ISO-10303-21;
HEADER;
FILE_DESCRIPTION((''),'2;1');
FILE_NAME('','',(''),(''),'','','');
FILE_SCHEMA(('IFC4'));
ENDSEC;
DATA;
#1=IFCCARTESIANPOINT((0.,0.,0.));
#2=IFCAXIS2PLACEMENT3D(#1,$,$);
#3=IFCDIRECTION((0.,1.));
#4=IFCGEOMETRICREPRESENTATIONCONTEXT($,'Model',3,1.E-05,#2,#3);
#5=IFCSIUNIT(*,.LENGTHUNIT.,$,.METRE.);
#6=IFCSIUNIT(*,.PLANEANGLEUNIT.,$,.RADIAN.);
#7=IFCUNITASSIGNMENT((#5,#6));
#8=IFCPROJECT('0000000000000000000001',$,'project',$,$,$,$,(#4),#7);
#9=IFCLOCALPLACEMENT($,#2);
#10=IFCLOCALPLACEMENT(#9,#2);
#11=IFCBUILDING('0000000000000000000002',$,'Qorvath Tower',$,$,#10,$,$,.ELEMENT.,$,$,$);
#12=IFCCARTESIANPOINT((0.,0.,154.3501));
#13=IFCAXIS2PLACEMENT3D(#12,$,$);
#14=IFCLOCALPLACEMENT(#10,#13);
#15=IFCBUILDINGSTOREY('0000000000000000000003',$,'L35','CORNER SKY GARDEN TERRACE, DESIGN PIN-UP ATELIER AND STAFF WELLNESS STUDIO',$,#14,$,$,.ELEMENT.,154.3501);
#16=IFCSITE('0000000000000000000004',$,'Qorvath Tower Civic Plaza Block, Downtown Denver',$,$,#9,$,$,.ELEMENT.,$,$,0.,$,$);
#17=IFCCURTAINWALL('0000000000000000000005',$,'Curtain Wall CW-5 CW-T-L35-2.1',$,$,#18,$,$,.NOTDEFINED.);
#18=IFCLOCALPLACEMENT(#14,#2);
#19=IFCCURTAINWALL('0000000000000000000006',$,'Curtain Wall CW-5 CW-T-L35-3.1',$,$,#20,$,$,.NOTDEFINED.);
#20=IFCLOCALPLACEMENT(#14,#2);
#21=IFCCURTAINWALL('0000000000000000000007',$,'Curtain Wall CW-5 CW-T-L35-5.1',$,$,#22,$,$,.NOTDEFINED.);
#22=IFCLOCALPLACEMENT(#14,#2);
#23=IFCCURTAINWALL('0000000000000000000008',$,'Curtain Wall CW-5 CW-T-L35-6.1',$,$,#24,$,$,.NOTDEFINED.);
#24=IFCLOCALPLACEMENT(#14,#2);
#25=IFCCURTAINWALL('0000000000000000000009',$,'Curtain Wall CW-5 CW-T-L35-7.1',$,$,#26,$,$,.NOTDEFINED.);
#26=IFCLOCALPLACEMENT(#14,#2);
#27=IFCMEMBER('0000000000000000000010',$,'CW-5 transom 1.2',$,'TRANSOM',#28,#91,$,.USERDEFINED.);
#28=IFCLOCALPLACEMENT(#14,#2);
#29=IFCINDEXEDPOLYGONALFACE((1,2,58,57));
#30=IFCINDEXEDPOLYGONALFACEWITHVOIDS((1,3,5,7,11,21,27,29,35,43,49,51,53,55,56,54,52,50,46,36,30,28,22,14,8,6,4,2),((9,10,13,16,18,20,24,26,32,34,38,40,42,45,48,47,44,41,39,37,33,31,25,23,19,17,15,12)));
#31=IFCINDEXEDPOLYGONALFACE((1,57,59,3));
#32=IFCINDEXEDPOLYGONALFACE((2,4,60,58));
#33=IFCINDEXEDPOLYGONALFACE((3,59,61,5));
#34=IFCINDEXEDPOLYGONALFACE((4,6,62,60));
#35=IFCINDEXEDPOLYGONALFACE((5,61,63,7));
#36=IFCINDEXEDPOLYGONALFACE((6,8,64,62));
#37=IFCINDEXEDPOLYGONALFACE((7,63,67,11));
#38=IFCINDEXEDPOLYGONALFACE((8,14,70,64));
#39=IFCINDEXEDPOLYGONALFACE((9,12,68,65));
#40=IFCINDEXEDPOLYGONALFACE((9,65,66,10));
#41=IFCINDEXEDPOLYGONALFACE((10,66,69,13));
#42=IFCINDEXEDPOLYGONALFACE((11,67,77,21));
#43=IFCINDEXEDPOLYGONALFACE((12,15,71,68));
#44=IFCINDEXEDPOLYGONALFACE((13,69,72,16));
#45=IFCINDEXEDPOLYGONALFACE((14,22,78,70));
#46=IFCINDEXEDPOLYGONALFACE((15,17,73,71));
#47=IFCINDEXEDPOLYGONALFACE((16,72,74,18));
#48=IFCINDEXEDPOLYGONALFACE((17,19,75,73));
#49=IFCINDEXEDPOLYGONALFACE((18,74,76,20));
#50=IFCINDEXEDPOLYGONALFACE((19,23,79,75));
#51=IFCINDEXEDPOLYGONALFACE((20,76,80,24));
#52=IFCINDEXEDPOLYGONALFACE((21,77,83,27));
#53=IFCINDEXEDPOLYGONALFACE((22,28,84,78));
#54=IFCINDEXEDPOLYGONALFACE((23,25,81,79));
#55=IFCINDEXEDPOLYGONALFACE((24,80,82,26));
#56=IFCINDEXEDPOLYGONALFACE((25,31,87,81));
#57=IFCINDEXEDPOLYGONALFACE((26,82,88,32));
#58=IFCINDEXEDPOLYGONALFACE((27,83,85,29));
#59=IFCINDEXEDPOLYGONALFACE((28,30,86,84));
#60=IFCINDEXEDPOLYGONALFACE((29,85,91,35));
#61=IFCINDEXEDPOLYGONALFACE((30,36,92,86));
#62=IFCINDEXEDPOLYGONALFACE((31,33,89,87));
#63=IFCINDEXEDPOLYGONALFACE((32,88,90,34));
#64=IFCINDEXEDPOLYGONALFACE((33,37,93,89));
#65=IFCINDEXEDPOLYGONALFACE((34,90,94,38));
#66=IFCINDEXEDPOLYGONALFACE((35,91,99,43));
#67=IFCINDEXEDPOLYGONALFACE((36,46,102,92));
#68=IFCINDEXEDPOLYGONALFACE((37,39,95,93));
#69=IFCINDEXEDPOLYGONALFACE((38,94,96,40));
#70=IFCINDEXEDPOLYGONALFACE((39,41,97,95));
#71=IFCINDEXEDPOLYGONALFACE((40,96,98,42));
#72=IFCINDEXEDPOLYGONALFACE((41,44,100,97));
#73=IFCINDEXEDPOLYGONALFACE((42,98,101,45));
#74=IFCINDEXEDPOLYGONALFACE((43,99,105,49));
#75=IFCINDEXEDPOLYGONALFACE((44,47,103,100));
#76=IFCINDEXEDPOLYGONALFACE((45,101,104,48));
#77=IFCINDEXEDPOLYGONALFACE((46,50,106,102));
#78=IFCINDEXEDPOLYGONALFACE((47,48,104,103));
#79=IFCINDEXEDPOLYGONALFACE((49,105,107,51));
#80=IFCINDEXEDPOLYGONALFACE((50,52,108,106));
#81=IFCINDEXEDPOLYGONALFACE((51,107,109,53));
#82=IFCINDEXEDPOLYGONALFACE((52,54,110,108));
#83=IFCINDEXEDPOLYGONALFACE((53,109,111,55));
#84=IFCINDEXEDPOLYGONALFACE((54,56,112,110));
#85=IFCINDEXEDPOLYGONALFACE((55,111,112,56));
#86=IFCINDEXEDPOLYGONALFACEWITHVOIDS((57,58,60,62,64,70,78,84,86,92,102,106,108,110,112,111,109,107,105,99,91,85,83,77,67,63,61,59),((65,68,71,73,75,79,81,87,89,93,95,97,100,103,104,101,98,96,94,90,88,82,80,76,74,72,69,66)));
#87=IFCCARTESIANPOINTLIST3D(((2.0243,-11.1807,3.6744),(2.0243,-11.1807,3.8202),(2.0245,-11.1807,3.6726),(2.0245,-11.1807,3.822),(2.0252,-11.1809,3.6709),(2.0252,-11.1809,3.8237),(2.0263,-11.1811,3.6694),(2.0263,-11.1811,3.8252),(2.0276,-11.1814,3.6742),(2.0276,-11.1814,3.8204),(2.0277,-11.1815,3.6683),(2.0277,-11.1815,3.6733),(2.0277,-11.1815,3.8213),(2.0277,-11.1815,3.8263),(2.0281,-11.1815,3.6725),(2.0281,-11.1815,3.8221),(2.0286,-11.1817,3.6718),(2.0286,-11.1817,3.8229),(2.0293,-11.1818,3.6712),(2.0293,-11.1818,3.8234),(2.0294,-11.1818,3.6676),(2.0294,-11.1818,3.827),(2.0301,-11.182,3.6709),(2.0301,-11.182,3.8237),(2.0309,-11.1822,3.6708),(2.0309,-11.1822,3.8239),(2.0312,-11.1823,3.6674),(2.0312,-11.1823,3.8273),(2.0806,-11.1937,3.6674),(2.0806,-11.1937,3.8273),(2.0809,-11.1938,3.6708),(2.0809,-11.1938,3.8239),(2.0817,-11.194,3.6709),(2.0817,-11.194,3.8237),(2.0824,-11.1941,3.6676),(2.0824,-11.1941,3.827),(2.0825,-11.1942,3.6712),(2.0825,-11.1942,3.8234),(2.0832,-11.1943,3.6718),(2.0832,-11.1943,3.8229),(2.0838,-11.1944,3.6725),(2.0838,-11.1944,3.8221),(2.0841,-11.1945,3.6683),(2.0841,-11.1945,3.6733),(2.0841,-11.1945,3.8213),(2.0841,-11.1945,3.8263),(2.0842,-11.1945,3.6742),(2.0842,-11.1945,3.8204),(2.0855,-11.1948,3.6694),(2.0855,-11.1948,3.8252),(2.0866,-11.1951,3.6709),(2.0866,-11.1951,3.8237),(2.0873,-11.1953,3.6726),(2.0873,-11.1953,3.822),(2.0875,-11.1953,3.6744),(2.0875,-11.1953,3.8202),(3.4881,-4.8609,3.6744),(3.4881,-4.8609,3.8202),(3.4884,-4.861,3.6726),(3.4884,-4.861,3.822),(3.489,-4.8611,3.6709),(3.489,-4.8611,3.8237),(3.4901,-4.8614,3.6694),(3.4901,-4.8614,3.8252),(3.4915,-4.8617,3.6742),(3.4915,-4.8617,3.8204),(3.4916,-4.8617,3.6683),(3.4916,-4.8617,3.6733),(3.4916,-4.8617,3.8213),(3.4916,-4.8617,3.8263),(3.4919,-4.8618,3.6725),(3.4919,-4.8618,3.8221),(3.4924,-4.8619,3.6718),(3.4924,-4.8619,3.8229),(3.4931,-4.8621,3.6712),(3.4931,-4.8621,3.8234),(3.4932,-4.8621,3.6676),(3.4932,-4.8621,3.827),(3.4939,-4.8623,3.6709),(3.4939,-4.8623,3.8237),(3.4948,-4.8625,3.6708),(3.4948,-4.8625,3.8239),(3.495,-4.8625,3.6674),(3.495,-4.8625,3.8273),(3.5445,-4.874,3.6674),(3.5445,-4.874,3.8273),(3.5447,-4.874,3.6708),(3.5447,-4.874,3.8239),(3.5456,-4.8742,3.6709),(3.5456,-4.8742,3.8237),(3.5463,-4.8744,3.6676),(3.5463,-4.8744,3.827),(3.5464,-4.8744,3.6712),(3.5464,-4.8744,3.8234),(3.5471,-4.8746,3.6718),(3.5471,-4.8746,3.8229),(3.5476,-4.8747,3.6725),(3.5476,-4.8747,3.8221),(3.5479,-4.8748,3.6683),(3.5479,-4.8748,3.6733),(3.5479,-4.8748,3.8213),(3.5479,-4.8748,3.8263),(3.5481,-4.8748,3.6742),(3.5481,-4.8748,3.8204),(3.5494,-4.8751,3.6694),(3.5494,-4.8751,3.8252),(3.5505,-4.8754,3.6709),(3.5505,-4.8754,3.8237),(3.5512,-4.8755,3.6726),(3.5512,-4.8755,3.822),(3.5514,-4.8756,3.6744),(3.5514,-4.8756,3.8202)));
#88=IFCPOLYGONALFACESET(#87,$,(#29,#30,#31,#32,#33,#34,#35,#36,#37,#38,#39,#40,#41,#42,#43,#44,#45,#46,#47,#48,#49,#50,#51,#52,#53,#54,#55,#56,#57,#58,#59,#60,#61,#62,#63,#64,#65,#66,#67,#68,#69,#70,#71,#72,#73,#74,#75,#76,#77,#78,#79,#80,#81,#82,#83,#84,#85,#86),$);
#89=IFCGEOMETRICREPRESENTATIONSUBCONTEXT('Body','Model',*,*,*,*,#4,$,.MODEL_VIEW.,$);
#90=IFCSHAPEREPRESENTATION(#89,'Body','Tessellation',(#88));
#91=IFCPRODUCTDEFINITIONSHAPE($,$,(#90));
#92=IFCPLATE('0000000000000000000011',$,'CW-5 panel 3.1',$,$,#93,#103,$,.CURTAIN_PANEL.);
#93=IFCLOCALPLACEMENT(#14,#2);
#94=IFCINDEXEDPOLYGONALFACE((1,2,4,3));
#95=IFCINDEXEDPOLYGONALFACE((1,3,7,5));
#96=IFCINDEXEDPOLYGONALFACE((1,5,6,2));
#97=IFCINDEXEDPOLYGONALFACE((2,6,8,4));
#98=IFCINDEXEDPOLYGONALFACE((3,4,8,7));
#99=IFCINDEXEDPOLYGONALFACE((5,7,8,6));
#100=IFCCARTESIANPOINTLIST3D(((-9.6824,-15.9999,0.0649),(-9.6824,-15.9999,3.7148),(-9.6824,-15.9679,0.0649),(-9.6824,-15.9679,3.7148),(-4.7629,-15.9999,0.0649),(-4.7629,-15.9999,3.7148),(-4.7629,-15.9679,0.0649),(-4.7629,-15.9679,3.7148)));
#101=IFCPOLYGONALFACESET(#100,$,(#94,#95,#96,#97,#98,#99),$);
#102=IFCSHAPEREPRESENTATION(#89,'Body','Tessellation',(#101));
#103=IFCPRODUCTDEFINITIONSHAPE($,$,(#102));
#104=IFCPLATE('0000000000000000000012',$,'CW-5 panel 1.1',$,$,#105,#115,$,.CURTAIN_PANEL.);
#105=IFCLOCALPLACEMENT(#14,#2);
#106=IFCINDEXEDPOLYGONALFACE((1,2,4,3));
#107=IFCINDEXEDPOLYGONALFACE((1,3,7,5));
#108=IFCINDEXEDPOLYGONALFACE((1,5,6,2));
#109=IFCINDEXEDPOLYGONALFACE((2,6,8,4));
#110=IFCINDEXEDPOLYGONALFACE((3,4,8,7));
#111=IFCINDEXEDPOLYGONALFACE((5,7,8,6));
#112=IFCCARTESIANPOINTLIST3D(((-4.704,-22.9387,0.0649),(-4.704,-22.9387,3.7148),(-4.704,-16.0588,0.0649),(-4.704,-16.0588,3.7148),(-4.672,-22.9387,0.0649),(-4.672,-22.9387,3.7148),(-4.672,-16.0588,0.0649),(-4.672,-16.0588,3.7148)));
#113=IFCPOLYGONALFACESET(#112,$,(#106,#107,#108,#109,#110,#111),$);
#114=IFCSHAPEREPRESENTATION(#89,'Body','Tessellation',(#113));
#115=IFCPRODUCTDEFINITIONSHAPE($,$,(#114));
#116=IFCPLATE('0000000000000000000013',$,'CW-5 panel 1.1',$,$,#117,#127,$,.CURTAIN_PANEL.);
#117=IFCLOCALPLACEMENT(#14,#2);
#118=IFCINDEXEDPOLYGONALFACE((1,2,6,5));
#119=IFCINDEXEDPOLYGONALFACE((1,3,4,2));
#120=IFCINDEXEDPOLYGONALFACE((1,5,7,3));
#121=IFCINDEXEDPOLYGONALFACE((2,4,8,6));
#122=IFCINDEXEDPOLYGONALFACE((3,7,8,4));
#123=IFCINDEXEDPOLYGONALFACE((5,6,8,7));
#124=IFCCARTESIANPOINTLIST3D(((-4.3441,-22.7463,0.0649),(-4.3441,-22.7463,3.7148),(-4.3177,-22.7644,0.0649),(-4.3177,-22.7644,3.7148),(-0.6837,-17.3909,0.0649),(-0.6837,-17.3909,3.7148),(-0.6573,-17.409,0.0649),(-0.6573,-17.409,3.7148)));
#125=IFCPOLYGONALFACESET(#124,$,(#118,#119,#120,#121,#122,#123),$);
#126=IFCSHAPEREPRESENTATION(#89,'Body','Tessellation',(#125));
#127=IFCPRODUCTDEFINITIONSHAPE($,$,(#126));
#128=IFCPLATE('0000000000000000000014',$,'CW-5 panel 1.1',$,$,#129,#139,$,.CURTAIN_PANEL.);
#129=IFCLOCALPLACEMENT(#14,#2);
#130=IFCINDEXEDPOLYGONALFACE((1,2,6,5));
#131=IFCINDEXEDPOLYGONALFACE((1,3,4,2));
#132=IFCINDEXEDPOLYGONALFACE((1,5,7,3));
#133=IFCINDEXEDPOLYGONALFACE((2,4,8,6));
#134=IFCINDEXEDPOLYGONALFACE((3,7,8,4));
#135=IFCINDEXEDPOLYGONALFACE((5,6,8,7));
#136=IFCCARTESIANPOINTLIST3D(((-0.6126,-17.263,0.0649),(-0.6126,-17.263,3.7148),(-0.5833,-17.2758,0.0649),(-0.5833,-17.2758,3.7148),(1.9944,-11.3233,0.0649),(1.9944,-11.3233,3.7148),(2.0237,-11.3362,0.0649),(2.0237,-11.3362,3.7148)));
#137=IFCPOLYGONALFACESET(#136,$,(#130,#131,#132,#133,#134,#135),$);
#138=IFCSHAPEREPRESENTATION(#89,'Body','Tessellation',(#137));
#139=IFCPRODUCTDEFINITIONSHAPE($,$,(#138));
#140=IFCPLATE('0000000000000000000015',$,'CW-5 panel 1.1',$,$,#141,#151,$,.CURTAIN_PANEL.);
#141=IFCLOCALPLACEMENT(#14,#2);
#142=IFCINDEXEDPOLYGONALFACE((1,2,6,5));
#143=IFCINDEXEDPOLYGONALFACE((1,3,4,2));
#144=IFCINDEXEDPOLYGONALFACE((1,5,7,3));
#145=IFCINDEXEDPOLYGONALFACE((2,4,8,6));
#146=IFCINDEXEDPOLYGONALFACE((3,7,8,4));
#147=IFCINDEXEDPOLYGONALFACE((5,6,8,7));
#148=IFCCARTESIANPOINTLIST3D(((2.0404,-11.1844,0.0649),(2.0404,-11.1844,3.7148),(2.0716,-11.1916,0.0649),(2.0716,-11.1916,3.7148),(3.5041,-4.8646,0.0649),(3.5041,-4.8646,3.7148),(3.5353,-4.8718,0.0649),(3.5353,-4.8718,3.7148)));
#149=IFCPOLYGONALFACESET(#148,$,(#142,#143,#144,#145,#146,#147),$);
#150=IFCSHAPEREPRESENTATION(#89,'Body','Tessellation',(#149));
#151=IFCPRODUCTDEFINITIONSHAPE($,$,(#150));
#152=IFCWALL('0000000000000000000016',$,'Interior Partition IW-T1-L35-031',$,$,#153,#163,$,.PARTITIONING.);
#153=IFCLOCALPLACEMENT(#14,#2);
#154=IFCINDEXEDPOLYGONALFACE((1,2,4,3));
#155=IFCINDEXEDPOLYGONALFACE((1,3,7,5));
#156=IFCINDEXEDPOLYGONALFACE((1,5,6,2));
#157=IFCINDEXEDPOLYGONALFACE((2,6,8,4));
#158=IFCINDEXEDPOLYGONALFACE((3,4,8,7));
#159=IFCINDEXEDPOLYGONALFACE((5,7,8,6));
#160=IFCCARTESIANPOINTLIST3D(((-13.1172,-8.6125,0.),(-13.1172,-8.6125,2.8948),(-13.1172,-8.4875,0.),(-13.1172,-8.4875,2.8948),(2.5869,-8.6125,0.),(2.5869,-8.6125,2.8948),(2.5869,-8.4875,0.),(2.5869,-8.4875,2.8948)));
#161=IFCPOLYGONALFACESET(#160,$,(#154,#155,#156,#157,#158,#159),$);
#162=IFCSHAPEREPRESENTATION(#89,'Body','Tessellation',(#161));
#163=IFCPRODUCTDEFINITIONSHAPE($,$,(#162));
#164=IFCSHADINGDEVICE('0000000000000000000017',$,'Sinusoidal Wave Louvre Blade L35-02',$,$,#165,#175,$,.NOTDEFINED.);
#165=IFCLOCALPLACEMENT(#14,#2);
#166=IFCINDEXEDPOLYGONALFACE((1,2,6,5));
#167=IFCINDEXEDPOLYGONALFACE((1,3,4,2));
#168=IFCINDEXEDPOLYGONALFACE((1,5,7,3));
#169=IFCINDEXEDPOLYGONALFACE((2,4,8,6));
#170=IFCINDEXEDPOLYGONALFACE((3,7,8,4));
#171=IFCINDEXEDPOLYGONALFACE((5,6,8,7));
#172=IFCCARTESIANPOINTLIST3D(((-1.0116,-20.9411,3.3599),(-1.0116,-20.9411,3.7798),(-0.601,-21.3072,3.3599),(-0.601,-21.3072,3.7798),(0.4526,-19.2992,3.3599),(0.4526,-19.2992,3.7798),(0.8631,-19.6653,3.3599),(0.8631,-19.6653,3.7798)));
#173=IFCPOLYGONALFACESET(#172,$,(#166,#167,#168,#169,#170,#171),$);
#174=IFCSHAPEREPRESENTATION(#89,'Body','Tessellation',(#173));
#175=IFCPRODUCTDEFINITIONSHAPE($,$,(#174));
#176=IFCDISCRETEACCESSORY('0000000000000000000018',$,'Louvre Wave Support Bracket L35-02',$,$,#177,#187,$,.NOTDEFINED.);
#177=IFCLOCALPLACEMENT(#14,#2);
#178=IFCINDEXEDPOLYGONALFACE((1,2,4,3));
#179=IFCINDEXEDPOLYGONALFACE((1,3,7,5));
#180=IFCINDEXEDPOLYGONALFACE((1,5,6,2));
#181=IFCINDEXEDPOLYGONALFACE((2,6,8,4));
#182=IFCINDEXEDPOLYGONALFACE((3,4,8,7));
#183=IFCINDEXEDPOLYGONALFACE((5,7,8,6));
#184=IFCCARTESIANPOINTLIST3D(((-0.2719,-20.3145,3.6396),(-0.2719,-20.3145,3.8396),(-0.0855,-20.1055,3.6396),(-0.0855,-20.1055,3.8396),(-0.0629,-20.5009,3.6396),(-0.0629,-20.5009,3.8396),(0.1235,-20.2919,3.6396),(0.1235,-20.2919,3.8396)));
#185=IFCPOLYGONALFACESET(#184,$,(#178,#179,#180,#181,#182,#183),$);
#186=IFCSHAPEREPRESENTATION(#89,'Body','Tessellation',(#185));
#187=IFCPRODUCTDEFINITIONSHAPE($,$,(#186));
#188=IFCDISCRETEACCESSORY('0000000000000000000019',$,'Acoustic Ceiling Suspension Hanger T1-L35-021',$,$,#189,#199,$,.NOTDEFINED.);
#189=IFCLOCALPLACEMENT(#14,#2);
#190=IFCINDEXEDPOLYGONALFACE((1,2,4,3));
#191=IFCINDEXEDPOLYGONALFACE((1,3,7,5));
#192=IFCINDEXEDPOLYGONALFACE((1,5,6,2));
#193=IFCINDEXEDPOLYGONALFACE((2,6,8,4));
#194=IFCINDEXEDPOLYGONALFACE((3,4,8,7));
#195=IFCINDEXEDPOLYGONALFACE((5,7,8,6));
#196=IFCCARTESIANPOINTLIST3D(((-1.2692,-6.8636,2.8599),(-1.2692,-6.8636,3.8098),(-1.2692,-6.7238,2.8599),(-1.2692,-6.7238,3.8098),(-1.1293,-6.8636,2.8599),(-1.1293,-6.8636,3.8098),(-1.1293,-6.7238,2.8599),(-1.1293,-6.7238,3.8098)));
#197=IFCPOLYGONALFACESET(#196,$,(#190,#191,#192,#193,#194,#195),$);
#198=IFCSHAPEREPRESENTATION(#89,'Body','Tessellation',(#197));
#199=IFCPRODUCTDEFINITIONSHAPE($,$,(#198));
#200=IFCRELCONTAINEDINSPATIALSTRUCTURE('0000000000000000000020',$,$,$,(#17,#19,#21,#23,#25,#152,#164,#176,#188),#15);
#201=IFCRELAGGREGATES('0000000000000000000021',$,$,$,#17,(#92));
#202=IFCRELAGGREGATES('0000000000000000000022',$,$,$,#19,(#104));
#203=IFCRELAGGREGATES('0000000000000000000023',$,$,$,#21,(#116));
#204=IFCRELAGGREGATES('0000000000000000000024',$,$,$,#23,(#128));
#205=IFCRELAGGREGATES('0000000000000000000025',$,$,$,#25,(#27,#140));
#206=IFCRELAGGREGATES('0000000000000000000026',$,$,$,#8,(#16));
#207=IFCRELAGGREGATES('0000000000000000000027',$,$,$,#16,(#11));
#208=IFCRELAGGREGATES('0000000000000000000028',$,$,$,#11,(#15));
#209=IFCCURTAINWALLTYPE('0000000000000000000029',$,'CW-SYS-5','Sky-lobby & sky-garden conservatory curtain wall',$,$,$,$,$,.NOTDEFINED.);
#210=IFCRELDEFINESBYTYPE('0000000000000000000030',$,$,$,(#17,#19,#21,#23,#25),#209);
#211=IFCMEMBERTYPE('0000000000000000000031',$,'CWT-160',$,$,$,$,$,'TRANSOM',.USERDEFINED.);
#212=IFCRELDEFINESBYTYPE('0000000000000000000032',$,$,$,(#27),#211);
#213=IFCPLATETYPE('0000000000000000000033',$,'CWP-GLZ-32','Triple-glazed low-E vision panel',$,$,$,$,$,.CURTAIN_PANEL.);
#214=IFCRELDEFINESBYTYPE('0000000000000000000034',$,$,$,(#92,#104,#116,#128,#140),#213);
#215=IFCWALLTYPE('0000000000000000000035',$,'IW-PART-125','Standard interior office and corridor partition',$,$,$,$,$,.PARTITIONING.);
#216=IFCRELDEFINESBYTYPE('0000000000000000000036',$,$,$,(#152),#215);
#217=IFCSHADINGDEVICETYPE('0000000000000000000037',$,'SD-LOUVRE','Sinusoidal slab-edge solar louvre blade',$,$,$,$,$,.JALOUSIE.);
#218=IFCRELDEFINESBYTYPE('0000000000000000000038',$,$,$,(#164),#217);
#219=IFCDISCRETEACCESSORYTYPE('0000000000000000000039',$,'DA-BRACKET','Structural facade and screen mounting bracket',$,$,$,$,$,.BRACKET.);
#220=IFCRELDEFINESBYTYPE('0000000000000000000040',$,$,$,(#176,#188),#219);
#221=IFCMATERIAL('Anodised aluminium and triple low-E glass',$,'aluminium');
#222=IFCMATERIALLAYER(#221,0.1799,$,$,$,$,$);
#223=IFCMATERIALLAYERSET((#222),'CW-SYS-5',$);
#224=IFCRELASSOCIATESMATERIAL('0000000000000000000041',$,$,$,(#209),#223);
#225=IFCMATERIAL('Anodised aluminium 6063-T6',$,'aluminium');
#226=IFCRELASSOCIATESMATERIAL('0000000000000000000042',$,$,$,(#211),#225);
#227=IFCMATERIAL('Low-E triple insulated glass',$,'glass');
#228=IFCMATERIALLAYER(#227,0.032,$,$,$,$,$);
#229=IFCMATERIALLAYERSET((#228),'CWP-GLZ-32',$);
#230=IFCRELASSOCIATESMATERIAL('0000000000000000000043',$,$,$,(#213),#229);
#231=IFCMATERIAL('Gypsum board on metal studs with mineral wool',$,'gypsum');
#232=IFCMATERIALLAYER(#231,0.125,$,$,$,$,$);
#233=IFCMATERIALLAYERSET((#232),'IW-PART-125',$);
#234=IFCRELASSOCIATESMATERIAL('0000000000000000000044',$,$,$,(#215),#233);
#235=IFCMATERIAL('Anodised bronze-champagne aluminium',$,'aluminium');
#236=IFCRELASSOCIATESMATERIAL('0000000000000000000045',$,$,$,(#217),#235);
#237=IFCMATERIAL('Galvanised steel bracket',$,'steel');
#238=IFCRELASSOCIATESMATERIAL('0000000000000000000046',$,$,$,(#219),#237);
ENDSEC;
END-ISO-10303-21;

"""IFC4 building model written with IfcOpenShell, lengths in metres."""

from ifc_helpers import new_model, si_unit, direction, frame, frame_2d, origin, origin_2d, place, context, subcontext, project, spatial, rectangle, hollow_rectangle, extrude, material, layer, layer_set, material_profile, profile_set, type_object, element, aggregate, save


model = new_model("IFC4")

# Units and contexts
model_context = context("Model", 3, precision=1e-05, world=origin(), true_north=direction((0.0, 1.0)))
body_context = subcontext(model_context, "Body", "Model", "MODEL_VIEW")
ifc_project = project(units=[si_unit("LENGTHUNIT", "METRE"), si_unit("PLANEANGLEUNIT", "RADIAN")], contexts=[model_context])

# Site, building, storey
site_placement = place(None, origin())
site = spatial("IfcSite", under=ifc_project, at=site_placement, Name="Qorvath Tower Civic Plaza Block, Downtown Denver", CompositionType="ELEMENT", RefElevation=0.0)
building_placement = place(site_placement, origin())
building = spatial("IfcBuilding", under=site, at=building_placement, Name="Qorvath Tower", CompositionType="ELEMENT")
storey_placement = place(building_placement, frame((0.0, 0.0, 154.3501)))
storey = spatial("IfcBuildingStorey", under=building, at=storey_placement, Name="L35", Description="CORNER SKY GARDEN TERRACE, DESIGN PIN-UP ATELIER AND STAFF WELLNESS STUDIO", CompositionType="ELEMENT", Elevation=154.3501)

# Curtain walls
ifc_material_1 = material(Name="Anodised aluminium and triple low-E glass", Category="aluminium")
ifc_layer_1 = layer(ifc_material_1, 0.1799)
ifc_layer_set_1 = layer_set([ifc_layer_1], Name="CW-SYS-5")
curtain_wall_type = type_object("IfcCurtainWallType", Name="CW-SYS-5", Description="Sky-lobby & sky-garden conservatory curtain wall", PredefinedType="NOTDEFINED", material=ifc_layer_set_1)
curtain_wall_1_placement = place(storey_placement, origin())
curtain_wall_1 = element("IfcCurtainWall", 1, at=curtain_wall_1_placement, inside=storey, type_object=curtain_wall_type, Name="Curtain Wall CW-5 CW-T-L35-2.1", PredefinedType="NOTDEFINED")
curtain_wall_2_placement = place(storey_placement, origin())
curtain_wall_2 = element("IfcCurtainWall", 2, at=curtain_wall_2_placement, inside=storey, type_object=curtain_wall_type, Name="Curtain Wall CW-5 CW-T-L35-3.1", PredefinedType="NOTDEFINED")
curtain_wall_3_placement = place(storey_placement, origin())
curtain_wall_3 = element("IfcCurtainWall", 3, at=curtain_wall_3_placement, inside=storey, type_object=curtain_wall_type, Name="Curtain Wall CW-5 CW-T-L35-5.1", PredefinedType="NOTDEFINED")
curtain_wall_4_placement = place(storey_placement, origin())
curtain_wall_4 = element("IfcCurtainWall", 4, at=curtain_wall_4_placement, inside=storey, type_object=curtain_wall_type, Name="Curtain Wall CW-5 CW-T-L35-6.1", PredefinedType="NOTDEFINED")

# Curtain wall
curtain_wall_5_placement = place(storey_placement, origin())
curtain_wall_5 = element("IfcCurtainWall", 5, at=curtain_wall_5_placement, inside=storey, type_object=curtain_wall_type, Name="Curtain Wall CW-5 CW-T-L35-7.1", PredefinedType="NOTDEFINED")

# Member
ifc_material_2 = material(Name="Anodised aluminium 6063-T6", Category="aluminium")
ifc_material_profile_1 = material_profile(ifc_material_2, hollow_rectangle(XDim=0.0649, YDim=0.1599, WallThickness=0.0034, InnerFilletRadius=0.0034, OuterFilletRadius=0.0071, at=origin_2d()), Name="CWT 160x65")
ifc_profile_set_1 = profile_set([ifc_material_profile_1], Name="Anodised aluminium 6063-T6")
member_type_1 = type_object("IfcMemberType", Name="CWT-160", ElementType="TRANSOM", PredefinedType="USERDEFINED", material=ifc_profile_set_1)
member_1_placement = place(storey_placement, frame((2.0559, -11.188, 3.7473), z_axis=(0.225657, 0.974207, 0.0), x_axis=(-0.974207, 0.225657, 0.0)))
member_1 = element("IfcMember", 6, at=member_1_placement, type_object=member_type_1, Name="CW-5 transom 1.2", ObjectType="TRANSOM", PredefinedType="USERDEFINED", context=body_context, shape_type="SweptSolid", body=[
    extrude(hollow_rectangle(XDim=0.0649, YDim=0.1599, WallThickness=0.0034, InnerFilletRadius=0.0034, OuterFilletRadius=0.0071, at=origin_2d()), origin(), (0.0, 0.0, 1.0), 6.4871),
])

# Plates
ifc_material_3 = material(Name="Low-E triple insulated glass", Category="glass")
ifc_layer_2 = layer(ifc_material_3, 0.032)
ifc_layer_set_2 = layer_set([ifc_layer_2], Name="CWP-GLZ-32")
plate_type = type_object("IfcPlateType", Name="CWP-GLZ-32", Description="Triple-glazed low-E vision panel", PredefinedType="CURTAIN_PANEL", material=ifc_layer_set_2)
plate_1_placement = place(storey_placement, frame((-7.2227, -15.9839, 0.0649), z_axis=(0.0, 0.0, 1.0), x_axis=(1.0, 0.0, 0.0)))
plate_1 = element("IfcPlate", 7, at=plate_1_placement, type_object=plate_type, Name="CW-5 panel 3.1", PredefinedType="CURTAIN_PANEL", context=body_context, shape_type="SweptSolid", body=[
    extrude(rectangle(XDim=4.9194, YDim=0.032, at=origin_2d()), origin(), (0.0, 0.0, 1.0), 3.6499),
])
aggregate(curtain_wall_1, [plate_1])
plate_2_placement = place(storey_placement, frame((-4.688, -19.4988, 0.0649), z_axis=(0.0, 0.0, 1.0), x_axis=(0.0, -1.0, 0.0)))
plate_2 = element("IfcPlate", 8, at=plate_2_placement, type_object=plate_type, Name="CW-5 panel 1.1", PredefinedType="CURTAIN_PANEL", context=body_context, shape_type="SweptSolid", body=[
    extrude(rectangle(XDim=6.8799, YDim=0.032, at=origin_2d()), origin(), (0.0, 0.0, 1.0), 3.6499),
])
aggregate(curtain_wall_2, [plate_2])
plate_3_placement = place(storey_placement, frame((-2.5007, -20.0776, 0.0649), z_axis=(0.0, 0.0, 1.0), x_axis=(0.564284, 0.825581, 0.0)))
plate_3 = element("IfcPlate", 9, at=plate_3_placement, type_object=plate_type, Name="CW-5 panel 1.1", PredefinedType="CURTAIN_PANEL", context=body_context, shape_type="SweptSolid", body=[
    extrude(rectangle(XDim=6.4868, YDim=0.032, at=origin_2d()), origin(), (0.0, 0.0, 1.0), 3.6499),
])
aggregate(curtain_wall_3, [plate_3])
plate_4_placement = place(storey_placement, frame((0.7056, -14.2996, 0.0649), z_axis=(0.0, 0.0, 1.0), x_axis=(0.401902, 0.915683, 0.0)))
plate_4 = element("IfcPlate", 10, at=plate_4_placement, type_object=plate_type, Name="CW-5 panel 1.1", PredefinedType="CURTAIN_PANEL", context=body_context, shape_type="SweptSolid", body=[
    extrude(rectangle(XDim=6.4866, YDim=0.032, at=origin_2d()), origin(), (0.0, 0.0, 1.0), 3.6499),
])
aggregate(curtain_wall_4, [plate_4])
plate_5_placement = place(storey_placement, frame((2.7878, -8.0281, 0.0649), z_axis=(0.0, 0.0, 1.0), x_axis=(0.225631, 0.974213, 0.0)))
plate_5 = element("IfcPlate", 11, at=plate_5_placement, type_object=plate_type, Name="CW-5 panel 1.1", PredefinedType="CURTAIN_PANEL", context=body_context, shape_type="SweptSolid", body=[
    extrude(rectangle(XDim=6.4871, YDim=0.032, at=origin_2d()), origin(), (0.0, 0.0, 1.0), 3.6499),
])
aggregate(curtain_wall_5, [member_1, plate_5])

# Wall
ifc_material_4 = material(Name="Gypsum board on metal studs with mineral wool", Category="gypsum")
ifc_layer_3 = layer(ifc_material_4, 0.125)
ifc_layer_set_3 = layer_set([ifc_layer_3], Name="IW-PART-125")
wall_type = type_object("IfcWallType", Name="IW-PART-125", Description="Standard interior office and corridor partition", PredefinedType="PARTITIONING", material=ifc_layer_set_3)
wall_placement = place(storey_placement, frame((2.5869, -8.55, 0.0), z_axis=(0.0, 0.0, 1.0), x_axis=(-1.0, 0.0, 0.0)))
element("IfcWall", 12, at=wall_placement, inside=storey, type_object=wall_type, Name="Interior Partition IW-T1-L35-031", PredefinedType="PARTITIONING", context=body_context, shape_type="SweptSolid", body=[
    extrude(rectangle(XDim=15.7041, YDim=0.125, at=frame_2d((7.8521, 0.0))), origin(), (0.0, 0.0, 1.0), 2.8948),
])

# Shading device
ifc_material_5 = material(Name="Anodised bronze-champagne aluminium", Category="aluminium")
shading_device_type = type_object("IfcShadingDeviceType", Name="SD-LOUVRE", Description="Sinusoidal slab-edge solar louvre blade", PredefinedType="JALOUSIE", material=ifc_material_5)
shading_device_placement = place(storey_placement, frame((-0.0742, -20.3032, 3.3599), z_axis=(0.0, 0.0, 1.0), x_axis=(0.665555, 0.746349, 0.0)))
element("IfcShadingDevice", 13, at=shading_device_placement, inside=storey, type_object=shading_device_type, Name="Sinusoidal Wave Louvre Blade L35-02", PredefinedType="NOTDEFINED", context=body_context, shape_type="SweptSolid", body=[
    extrude(rectangle(XDim=2.2, YDim=0.55, at=origin_2d()), origin(), (0.0, 0.0, 1.0), 0.4199),
])

# Discrete accessories
ifc_material_6 = material(Name="Galvanised steel bracket", Category="steel")
discrete_accessory_type = type_object("IfcDiscreteAccessoryType", Name="DA-BRACKET", Description="Structural facade and screen mounting bracket", PredefinedType="BRACKET", material=ifc_material_6)
discrete_accessory_1_placement = place(storey_placement, frame((-0.0742, -20.3032, 3.6396), z_axis=(0.0, 0.0, 1.0), x_axis=(0.665555, 0.746349, 0.0)))
element("IfcDiscreteAccessory", 14, at=discrete_accessory_1_placement, inside=storey, type_object=discrete_accessory_type, Name="Louvre Wave Support Bracket L35-02", PredefinedType="NOTDEFINED", context=body_context, shape_type="SweptSolid", body=[
    extrude(rectangle(XDim=0.28, YDim=0.28, at=origin_2d()), origin(), (0.0, 0.0, 1.0), 0.2),
])
discrete_accessory_2_placement = place(storey_placement, frame((-1.1992, -6.7937, 2.8599), z_axis=(0.0, 0.0, 1.0), x_axis=(1.0, 0.0, 0.0)))
element("IfcDiscreteAccessory", 15, at=discrete_accessory_2_placement, inside=storey, type_object=discrete_accessory_type, Name="Acoustic Ceiling Suspension Hanger T1-L35-021", PredefinedType="NOTDEFINED", context=body_context, shape_type="SweptSolid", body=[
    extrude(rectangle(XDim=0.1399, YDim=0.1399, at=origin_2d()), origin(), (0.0, 0.0, 1.0), 0.95),
])

save(model, "model.ifc")
